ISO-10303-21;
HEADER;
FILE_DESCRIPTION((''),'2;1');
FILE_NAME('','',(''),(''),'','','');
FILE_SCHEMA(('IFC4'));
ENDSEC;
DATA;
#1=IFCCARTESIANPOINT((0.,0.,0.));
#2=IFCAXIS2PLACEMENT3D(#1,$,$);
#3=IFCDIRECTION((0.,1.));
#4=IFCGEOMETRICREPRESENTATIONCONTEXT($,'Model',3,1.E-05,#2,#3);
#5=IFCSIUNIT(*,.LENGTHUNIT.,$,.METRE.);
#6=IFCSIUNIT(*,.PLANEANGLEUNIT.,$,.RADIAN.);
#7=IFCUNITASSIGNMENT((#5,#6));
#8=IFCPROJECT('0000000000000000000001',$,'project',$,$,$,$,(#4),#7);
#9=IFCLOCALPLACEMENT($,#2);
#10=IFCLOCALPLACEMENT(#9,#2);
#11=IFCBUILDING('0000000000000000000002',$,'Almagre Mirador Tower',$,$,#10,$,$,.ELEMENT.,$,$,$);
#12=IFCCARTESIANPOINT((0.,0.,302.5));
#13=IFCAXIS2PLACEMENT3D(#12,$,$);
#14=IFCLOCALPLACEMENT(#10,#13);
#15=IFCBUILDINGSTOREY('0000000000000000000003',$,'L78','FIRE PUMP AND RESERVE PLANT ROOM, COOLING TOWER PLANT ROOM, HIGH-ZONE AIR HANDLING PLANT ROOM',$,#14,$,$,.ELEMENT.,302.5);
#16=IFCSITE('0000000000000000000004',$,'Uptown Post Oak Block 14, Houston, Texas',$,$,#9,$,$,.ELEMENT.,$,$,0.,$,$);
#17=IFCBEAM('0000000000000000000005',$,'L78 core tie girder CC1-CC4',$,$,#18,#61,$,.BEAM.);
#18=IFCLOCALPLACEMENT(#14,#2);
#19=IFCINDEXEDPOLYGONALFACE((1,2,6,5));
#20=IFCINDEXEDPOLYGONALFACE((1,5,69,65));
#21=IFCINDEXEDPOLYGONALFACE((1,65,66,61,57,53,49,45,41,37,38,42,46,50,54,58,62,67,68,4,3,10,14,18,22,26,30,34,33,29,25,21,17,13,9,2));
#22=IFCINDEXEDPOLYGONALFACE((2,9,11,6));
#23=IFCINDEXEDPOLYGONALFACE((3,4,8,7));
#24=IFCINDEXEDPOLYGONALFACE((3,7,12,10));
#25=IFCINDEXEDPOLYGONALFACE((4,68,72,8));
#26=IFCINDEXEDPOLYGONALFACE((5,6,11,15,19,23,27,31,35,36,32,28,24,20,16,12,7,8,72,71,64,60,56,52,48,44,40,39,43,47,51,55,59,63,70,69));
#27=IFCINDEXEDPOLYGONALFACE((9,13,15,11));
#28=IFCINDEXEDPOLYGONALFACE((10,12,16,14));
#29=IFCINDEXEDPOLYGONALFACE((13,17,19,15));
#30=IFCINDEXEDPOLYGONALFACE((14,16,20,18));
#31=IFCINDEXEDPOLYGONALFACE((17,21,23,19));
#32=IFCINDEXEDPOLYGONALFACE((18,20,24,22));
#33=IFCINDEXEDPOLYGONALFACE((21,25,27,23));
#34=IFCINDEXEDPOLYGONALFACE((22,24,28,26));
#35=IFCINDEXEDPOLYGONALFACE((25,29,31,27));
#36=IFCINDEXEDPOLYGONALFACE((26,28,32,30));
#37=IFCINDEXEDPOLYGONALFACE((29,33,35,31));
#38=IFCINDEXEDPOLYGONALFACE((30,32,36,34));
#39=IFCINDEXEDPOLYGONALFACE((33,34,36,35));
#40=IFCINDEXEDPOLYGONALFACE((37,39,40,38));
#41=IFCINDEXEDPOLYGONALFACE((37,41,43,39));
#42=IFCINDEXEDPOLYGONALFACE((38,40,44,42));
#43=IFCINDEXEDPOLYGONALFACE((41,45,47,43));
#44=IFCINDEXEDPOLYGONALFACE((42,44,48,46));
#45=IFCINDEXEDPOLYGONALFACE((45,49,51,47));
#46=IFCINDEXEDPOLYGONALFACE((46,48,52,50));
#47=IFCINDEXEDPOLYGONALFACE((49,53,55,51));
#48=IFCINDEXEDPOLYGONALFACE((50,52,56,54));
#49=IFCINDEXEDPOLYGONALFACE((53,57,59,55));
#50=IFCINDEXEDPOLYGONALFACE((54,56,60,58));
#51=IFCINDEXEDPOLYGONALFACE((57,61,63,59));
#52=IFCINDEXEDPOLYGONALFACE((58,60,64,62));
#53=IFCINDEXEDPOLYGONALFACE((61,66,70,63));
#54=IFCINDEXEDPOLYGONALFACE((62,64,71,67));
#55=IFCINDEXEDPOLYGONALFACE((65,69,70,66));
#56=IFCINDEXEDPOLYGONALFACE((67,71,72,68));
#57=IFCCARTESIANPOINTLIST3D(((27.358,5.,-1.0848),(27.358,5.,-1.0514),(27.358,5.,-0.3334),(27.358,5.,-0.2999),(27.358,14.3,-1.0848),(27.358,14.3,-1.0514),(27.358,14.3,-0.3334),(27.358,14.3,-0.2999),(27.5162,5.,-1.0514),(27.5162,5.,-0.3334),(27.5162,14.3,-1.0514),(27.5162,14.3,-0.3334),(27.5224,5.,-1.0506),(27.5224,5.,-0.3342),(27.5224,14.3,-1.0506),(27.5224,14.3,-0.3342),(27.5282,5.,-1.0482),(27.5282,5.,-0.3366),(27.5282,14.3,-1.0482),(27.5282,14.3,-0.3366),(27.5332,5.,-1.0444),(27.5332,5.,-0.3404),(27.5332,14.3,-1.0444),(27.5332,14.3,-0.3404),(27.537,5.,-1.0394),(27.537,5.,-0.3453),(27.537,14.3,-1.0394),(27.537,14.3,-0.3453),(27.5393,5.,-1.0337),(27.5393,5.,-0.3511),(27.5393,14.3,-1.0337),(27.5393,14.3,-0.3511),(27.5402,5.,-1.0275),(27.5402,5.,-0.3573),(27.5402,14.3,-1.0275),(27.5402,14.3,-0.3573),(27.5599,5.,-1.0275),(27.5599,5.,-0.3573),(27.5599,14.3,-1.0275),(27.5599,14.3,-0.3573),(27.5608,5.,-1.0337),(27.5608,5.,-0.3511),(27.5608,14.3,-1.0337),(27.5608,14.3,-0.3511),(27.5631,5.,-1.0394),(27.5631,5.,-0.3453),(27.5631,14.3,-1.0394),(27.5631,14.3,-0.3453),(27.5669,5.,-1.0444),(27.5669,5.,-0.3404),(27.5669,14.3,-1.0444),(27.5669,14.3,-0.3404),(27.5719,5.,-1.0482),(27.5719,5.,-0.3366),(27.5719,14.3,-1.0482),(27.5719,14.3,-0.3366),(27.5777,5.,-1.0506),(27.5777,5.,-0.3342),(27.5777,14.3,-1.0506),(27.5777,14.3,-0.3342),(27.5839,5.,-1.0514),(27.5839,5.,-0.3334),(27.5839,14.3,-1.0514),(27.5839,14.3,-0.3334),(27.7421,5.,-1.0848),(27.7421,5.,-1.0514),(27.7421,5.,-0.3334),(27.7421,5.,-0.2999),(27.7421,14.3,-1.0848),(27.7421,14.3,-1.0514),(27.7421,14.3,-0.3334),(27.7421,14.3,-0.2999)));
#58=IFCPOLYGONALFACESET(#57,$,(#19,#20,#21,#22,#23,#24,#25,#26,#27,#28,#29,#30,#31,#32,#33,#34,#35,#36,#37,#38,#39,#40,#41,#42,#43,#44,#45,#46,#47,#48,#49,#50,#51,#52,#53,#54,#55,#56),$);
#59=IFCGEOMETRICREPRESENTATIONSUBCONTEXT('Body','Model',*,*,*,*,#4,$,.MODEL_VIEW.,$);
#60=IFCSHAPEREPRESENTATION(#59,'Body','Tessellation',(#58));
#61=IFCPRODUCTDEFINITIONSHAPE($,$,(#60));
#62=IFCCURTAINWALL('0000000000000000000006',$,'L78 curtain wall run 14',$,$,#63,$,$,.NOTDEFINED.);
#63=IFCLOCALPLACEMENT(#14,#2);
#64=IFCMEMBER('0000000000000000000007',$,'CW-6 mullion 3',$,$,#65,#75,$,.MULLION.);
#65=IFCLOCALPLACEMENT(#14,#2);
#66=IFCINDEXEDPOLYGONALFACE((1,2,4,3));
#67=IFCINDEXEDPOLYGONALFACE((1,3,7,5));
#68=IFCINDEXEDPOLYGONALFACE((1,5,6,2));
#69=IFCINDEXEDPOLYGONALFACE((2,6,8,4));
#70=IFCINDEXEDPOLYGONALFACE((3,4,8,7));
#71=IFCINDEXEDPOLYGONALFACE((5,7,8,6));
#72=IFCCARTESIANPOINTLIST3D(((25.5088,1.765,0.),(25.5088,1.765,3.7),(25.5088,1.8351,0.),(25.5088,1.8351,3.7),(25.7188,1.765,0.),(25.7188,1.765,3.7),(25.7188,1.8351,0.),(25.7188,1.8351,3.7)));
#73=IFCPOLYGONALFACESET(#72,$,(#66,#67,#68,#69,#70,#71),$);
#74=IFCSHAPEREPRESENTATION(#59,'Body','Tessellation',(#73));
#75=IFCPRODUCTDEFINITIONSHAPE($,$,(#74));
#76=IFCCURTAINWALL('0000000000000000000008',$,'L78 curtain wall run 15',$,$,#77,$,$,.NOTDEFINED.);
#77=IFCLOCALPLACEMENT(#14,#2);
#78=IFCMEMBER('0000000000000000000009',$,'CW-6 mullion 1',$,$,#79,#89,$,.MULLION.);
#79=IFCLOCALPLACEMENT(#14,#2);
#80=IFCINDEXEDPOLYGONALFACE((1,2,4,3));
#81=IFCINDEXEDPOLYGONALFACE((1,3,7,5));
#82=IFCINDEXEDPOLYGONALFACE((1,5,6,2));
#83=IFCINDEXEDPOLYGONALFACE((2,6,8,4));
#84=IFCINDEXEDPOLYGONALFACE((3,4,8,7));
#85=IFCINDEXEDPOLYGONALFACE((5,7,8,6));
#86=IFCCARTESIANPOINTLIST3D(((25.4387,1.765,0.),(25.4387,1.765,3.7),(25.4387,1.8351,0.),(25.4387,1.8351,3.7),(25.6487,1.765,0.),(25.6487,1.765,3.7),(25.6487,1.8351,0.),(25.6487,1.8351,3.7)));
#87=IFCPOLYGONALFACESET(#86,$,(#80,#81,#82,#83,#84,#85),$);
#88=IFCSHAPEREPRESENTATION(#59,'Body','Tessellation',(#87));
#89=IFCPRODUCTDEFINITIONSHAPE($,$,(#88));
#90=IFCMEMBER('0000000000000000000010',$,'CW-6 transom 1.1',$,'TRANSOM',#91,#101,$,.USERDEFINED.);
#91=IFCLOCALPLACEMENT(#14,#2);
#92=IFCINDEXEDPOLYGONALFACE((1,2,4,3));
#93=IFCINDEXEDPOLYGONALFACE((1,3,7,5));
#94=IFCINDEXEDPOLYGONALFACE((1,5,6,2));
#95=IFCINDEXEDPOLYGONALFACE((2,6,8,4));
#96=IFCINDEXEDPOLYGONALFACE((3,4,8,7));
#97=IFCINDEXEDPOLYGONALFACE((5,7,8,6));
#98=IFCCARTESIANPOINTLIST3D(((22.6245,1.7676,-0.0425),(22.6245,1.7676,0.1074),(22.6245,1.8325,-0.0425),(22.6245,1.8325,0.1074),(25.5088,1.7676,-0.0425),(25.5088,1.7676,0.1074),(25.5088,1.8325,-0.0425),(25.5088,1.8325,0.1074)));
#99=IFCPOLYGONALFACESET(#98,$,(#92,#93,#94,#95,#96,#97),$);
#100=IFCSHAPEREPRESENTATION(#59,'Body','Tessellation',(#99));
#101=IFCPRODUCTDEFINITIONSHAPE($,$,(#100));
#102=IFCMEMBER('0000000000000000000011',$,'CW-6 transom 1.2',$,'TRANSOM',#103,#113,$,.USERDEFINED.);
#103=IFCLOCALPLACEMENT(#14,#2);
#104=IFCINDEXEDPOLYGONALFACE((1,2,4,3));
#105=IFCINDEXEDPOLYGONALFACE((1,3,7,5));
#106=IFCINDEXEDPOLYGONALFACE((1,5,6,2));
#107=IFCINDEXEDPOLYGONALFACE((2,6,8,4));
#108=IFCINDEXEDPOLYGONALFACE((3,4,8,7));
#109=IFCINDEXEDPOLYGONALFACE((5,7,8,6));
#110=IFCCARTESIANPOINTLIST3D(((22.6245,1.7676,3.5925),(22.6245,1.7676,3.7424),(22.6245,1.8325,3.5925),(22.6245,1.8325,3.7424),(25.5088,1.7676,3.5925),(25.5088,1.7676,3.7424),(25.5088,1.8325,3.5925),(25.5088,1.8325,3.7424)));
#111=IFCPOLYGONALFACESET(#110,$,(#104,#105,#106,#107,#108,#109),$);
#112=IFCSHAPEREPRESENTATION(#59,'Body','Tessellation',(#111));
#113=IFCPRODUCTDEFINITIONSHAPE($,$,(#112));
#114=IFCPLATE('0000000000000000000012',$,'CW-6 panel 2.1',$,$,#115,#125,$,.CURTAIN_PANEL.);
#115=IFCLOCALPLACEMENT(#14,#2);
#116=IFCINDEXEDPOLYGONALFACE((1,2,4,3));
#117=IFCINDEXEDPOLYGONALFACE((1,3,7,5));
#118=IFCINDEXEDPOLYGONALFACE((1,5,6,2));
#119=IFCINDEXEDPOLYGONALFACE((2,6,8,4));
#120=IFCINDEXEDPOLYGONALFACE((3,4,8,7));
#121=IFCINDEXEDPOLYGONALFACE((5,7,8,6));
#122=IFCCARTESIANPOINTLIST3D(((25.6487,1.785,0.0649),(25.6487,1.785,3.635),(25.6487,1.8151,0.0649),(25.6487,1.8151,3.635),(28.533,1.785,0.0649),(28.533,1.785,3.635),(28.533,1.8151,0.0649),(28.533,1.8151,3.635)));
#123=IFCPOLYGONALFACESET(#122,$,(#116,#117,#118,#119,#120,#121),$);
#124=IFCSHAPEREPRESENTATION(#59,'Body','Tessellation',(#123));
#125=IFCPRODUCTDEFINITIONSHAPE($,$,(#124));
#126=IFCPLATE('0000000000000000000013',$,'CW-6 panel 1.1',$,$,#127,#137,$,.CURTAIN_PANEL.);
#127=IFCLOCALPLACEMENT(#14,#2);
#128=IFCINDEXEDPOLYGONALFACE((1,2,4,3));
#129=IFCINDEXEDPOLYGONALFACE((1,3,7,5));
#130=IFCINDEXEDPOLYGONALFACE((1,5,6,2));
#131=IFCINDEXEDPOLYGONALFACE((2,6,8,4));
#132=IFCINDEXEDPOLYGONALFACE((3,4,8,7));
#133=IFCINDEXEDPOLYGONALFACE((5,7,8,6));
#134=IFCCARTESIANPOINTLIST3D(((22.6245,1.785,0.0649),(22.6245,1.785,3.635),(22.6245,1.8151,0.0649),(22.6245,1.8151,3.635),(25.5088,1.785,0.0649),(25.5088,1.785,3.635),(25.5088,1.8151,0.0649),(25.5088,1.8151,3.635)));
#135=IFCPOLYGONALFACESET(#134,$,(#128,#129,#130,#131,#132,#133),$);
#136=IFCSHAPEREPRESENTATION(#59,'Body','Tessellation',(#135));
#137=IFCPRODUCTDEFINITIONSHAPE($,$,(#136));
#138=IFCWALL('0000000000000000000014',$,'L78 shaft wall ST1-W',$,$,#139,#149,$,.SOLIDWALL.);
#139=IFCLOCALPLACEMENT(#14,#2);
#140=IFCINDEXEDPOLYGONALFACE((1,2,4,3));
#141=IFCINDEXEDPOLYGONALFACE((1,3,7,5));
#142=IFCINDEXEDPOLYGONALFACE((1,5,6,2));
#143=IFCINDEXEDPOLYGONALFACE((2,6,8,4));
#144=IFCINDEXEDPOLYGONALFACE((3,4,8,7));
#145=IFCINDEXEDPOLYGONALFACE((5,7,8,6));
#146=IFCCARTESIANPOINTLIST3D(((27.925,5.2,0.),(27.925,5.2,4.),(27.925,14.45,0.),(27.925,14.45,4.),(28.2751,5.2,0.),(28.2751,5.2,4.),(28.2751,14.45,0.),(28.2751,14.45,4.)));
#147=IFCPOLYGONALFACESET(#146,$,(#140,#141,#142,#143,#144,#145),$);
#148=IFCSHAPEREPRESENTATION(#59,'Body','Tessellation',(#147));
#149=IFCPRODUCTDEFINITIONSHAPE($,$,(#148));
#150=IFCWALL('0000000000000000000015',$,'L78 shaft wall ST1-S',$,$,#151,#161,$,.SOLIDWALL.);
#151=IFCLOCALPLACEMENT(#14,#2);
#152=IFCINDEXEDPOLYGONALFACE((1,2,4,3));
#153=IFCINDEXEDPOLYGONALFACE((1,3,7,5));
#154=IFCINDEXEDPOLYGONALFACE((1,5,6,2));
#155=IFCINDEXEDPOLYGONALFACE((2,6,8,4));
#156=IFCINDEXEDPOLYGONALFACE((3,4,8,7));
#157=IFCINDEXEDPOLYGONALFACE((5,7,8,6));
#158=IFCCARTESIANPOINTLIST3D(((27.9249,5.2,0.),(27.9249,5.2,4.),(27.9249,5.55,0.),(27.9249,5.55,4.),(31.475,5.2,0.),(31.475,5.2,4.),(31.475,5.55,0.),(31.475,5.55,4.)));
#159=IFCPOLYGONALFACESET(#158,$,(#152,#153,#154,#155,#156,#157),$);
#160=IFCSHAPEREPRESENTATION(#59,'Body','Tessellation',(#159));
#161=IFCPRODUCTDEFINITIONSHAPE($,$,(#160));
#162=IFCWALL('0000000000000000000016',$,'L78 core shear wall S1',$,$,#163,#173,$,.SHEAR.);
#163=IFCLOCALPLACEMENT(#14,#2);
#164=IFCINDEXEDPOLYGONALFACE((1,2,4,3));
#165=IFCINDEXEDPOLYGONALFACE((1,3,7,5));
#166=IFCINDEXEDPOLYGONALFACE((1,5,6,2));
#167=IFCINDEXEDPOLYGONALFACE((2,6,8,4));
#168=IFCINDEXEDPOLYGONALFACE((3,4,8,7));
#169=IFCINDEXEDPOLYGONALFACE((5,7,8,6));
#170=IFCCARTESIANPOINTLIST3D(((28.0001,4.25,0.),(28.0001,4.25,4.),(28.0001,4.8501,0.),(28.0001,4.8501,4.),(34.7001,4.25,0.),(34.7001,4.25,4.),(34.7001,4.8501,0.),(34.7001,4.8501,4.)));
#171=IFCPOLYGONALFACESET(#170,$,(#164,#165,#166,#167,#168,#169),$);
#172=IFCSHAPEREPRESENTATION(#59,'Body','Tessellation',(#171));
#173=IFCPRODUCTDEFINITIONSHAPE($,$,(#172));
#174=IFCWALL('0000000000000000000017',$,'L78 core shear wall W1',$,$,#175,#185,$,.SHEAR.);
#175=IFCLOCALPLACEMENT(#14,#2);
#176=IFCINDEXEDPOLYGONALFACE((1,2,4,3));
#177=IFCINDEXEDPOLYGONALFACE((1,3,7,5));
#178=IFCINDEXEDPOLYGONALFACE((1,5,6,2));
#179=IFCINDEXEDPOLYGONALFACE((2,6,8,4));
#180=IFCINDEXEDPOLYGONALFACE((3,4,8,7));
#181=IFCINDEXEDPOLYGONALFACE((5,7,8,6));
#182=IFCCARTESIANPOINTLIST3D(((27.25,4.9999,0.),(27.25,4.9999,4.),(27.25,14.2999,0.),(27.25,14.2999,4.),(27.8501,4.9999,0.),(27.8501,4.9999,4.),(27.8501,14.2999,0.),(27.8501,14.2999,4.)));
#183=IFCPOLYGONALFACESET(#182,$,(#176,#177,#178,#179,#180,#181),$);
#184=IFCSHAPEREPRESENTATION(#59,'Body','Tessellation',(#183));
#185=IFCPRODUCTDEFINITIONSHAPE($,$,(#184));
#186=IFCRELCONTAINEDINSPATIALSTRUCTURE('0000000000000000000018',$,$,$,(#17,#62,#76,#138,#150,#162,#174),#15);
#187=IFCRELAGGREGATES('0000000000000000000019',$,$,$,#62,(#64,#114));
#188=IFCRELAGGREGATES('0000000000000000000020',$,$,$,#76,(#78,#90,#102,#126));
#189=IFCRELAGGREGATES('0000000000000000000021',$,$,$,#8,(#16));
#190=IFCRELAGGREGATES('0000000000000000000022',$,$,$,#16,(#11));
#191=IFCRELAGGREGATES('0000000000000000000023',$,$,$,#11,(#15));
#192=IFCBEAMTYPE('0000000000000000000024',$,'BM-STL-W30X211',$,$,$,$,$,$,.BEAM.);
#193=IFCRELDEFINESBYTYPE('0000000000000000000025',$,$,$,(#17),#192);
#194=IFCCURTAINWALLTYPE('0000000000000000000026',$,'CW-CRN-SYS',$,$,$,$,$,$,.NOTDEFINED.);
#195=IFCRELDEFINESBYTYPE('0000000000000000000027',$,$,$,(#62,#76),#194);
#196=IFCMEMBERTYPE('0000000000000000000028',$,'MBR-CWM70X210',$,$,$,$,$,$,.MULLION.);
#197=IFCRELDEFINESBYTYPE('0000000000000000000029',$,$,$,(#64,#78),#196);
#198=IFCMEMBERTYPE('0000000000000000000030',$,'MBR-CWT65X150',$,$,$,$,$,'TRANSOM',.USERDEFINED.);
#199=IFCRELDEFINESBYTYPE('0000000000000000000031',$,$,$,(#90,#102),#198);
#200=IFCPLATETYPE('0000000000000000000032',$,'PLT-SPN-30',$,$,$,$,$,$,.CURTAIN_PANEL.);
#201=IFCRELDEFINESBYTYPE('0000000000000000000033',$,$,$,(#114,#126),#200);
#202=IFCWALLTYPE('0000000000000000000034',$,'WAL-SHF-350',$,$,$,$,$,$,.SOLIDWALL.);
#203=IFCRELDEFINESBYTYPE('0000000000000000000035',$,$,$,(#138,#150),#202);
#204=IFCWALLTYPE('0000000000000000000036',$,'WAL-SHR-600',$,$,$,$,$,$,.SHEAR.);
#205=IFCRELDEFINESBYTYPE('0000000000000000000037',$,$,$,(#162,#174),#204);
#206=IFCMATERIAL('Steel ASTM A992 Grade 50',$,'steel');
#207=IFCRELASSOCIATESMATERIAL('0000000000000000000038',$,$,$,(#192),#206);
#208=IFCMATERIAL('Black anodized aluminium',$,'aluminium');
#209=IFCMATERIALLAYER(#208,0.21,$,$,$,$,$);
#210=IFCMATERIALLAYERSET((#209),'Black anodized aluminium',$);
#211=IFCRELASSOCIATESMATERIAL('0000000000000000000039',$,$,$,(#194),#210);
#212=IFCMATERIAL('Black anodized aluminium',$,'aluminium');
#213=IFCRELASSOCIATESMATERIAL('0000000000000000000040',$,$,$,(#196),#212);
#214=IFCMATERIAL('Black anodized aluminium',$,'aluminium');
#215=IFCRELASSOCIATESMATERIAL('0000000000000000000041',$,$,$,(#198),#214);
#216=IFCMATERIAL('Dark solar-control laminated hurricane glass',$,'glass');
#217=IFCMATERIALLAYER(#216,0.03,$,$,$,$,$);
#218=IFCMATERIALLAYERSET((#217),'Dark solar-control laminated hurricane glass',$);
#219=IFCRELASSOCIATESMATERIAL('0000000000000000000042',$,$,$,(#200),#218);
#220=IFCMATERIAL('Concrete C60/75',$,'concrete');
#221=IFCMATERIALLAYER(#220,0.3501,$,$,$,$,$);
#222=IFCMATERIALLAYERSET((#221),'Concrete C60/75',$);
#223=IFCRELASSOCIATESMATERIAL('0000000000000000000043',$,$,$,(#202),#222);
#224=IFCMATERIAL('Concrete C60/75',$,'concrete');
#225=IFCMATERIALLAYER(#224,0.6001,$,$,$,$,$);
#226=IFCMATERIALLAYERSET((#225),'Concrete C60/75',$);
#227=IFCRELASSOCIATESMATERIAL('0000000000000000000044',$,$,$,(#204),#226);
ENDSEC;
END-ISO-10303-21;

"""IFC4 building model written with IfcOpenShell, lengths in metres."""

from ifc_helpers import new_model, si_unit, direction, frame, frame_2d, origin, origin_2d, place, context, subcontext, project, spatial, rectangle, i_section, extrude, material, layer, layer_set, material_profile, profile_set, type_object, element, aggregate, save


model = new_model("IFC4")

# Units and contexts
model_context = context("Model", 3, precision=1e-05, world=origin(), true_north=direction((0.0, 1.0)))
body_context = subcontext(model_context, "Body", "Model", "MODEL_VIEW")
ifc_project = project(units=[si_unit("LENGTHUNIT", "METRE"), si_unit("PLANEANGLEUNIT", "RADIAN")], contexts=[model_context])

# Site, building, storey
site_placement = place(None, origin())
site = spatial("IfcSite", under=ifc_project, at=site_placement, Name="Uptown Post Oak Block 14, Houston, Texas", CompositionType="ELEMENT", RefElevation=0.0)
building_placement = place(site_placement, origin())
building = spatial("IfcBuilding", under=site, at=building_placement, Name="Almagre Mirador Tower", CompositionType="ELEMENT")
storey_placement = place(building_placement, frame((0.0, 0.0, 302.5)))
storey = spatial("IfcBuildingStorey", under=building, at=storey_placement, Name="L78", Description="FIRE PUMP AND RESERVE PLANT ROOM, COOLING TOWER PLANT ROOM, HIGH-ZONE AIR HANDLING PLANT ROOM", CompositionType="ELEMENT", Elevation=302.5)

# Beam
ifc_material_1 = material(Name="Steel ASTM A992 Grade 50", Category="steel")
ifc_material_profile_1 = material_profile(ifc_material_1, i_section(OverallWidth=0.384, OverallDepth=0.7849, WebThickness=0.0198, FlangeThickness=0.0334, FilletRadius=0.0239, at=origin_2d()), Name="W30X211")
ifc_profile_set_1 = profile_set([ifc_material_profile_1], Name="Steel ASTM A992 Grade 50")
beam_type_1 = type_object("IfcBeamType", Name="BM-STL-W30X211", PredefinedType="BEAM", material=ifc_profile_set_1)
beam_1_placement = place(storey_placement, frame((27.55, 5.0, -0.6924), z_axis=(0.0, 1.0, 0.0), x_axis=(-1.0, 0.0, 0.0)))
element("IfcBeam", 1, at=beam_1_placement, inside=storey, type_object=beam_type_1, Name="L78 core tie girder CC1-CC4", PredefinedType="BEAM", context=body_context, shape_type="SweptSolid", body=[
    extrude(i_section(OverallWidth=0.384, OverallDepth=0.7849, WebThickness=0.0198, FlangeThickness=0.0334, FilletRadius=0.0239, at=origin_2d()), origin(), (0.0, 0.0, 1.0), 9.3),
])

# Curtain wall, member
ifc_material_2 = material(Name="Black anodized aluminium", Category="aluminium")
ifc_layer_1 = layer(ifc_material_2, 0.21)
ifc_layer_set_1 = layer_set([ifc_layer_1], Name="Black anodized aluminium")
curtain_wall_type = type_object("IfcCurtainWallType", Name="CW-CRN-SYS", PredefinedType="NOTDEFINED", material=ifc_layer_set_1)
curtain_wall_1_placement = place(storey_placement, origin())
curtain_wall_1 = element("IfcCurtainWall", 2, at=curtain_wall_1_placement, inside=storey, type_object=curtain_wall_type, Name="L78 curtain wall run 14", PredefinedType="NOTDEFINED")
ifc_material_3 = material(Name="Black anodized aluminium", Category="aluminium")
ifc_material_profile_2 = material_profile(ifc_material_3, rectangle(XDim=0.0701, YDim=0.21, at=origin_2d()), Name="CWM70X210")
ifc_profile_set_2 = profile_set([ifc_material_profile_2], Name="Black anodized aluminium")
member_type_1 = type_object("IfcMemberType", Name="MBR-CWM70X210", PredefinedType="MULLION", material=ifc_profile_set_2)
member_1_placement = place(storey_placement, frame((25.6138, 1.8, 0.0), z_axis=(0.0, 0.0, 1.0), x_axis=(0.0, -1.0, 0.0)))
member_1 = element("IfcMember", 3, at=member_1_placement, type_object=member_type_1, Name="CW-6 mullion 3", PredefinedType="MULLION", context=body_context, shape_type="SweptSolid", body=[
    extrude(rectangle(XDim=0.0701, YDim=0.21, at=origin_2d()), origin(), (0.0, 0.0, 1.0), 3.7),
])

# Curtain wall, members
curtain_wall_2_placement = place(storey_placement, origin())
curtain_wall_2 = element("IfcCurtainWall", 4, at=curtain_wall_2_placement, inside=storey, type_object=curtain_wall_type, Name="L78 curtain wall run 15", PredefinedType="NOTDEFINED")
member_2_placement = place(storey_placement, frame((25.5437, 1.8, 0.0), z_axis=(0.0, 0.0, 1.0), x_axis=(0.0, -1.0, 0.0)))
member_2 = element("IfcMember", 5, at=member_2_placement, type_object=member_type_1, Name="CW-6 mullion 1", PredefinedType="MULLION", context=body_context, shape_type="SweptSolid", body=[
    extrude(rectangle(XDim=0.0701, YDim=0.21, at=origin_2d()), origin(), (0.0, 0.0, 1.0), 3.7),
])
ifc_material_4 = material(Name="Black anodized aluminium", Category="aluminium")
ifc_material_profile_3 = material_profile(ifc_material_4, rectangle(XDim=0.0649, YDim=0.1499, at=origin_2d()), Name="CWT65X150")
ifc_profile_set_3 = profile_set([ifc_material_profile_3], Name="Black anodized aluminium")
member_type_2 = type_object("IfcMemberType", Name="MBR-CWT65X150", ElementType="TRANSOM", PredefinedType="USERDEFINED", material=ifc_profile_set_3)
member_3_placement = place(storey_placement, frame((25.5088, 1.8, 0.0325), z_axis=(-1.0, 0.0, 0.0), x_axis=(0.0, -1.0, 0.0)))
member_3 = element("IfcMember", 6, at=member_3_placement, type_object=member_type_2, Name="CW-6 transom 1.1", ObjectType="TRANSOM", PredefinedType="USERDEFINED", context=body_context, shape_type="SweptSolid", body=[
    extrude(rectangle(XDim=0.0649, YDim=0.1499, at=origin_2d()), origin(), (0.0, 0.0, 1.0), 2.8843),
])
member_4_placement = place(storey_placement, frame((25.5088, 1.8, 3.6675), z_axis=(-1.0, 0.0, 0.0), x_axis=(0.0, -1.0, 0.0)))
member_4 = element("IfcMember", 7, at=member_4_placement, type_object=member_type_2, Name="CW-6 transom 1.2", ObjectType="TRANSOM", PredefinedType="USERDEFINED", context=body_context, shape_type="SweptSolid", body=[
    extrude(rectangle(XDim=0.0649, YDim=0.1499, at=origin_2d()), origin(), (0.0, 0.0, 1.0), 2.8843),
])

# Plates
ifc_material_5 = material(Name="Dark solar-control laminated hurricane glass", Category="glass")
ifc_layer_2 = layer(ifc_material_5, 0.03)
ifc_layer_set_2 = layer_set([ifc_layer_2], Name="Dark solar-control laminated hurricane glass")
plate_type = type_object("IfcPlateType", Name="PLT-SPN-30", PredefinedType="CURTAIN_PANEL", material=ifc_layer_set_2)
plate_1_placement = place(storey_placement, frame((27.0908, 1.8, 0.0649), z_axis=(0.0, 0.0, 1.0), x_axis=(-1.0, 0.0, 0.0)))
plate_1 = element("IfcPlate", 8, at=plate_1_placement, type_object=plate_type, Name="CW-6 panel 2.1", PredefinedType="CURTAIN_PANEL", context=body_context, shape_type="SweptSolid", body=[
    extrude(rectangle(XDim=2.8843, YDim=0.03, at=origin_2d()), origin(), (0.0, 0.0, 1.0), 3.5701),
])
aggregate(curtain_wall_1, [member_1, plate_1])
plate_2_placement = place(storey_placement, frame((24.0667, 1.8, 0.0649), z_axis=(0.0, 0.0, 1.0), x_axis=(-1.0, 0.0, 0.0)))
plate_2 = element("IfcPlate", 9, at=plate_2_placement, type_object=plate_type, Name="CW-6 panel 1.1", PredefinedType="CURTAIN_PANEL", context=body_context, shape_type="SweptSolid", body=[
    extrude(rectangle(XDim=2.8843, YDim=0.03, at=origin_2d()), origin(), (0.0, 0.0, 1.0), 3.5701),
])
aggregate(curtain_wall_2, [member_2, member_3, member_4, plate_2])

# Walls
ifc_material_6 = material(Name="Concrete C60/75", Category="concrete")
ifc_layer_3 = layer(ifc_material_6, 0.3501)
ifc_layer_set_3 = layer_set([ifc_layer_3], Name="Concrete C60/75")
wall_type_1 = type_object("IfcWallType", Name="WAL-SHF-350", PredefinedType="SOLIDWALL", material=ifc_layer_set_3)
wall_1_placement = place(storey_placement, frame((28.1001, 5.2, 0.0), z_axis=(0.0, 0.0, 1.0), x_axis=(0.0, 1.0, 0.0)))
element("IfcWall", 10, at=wall_1_placement, inside=storey, type_object=wall_type_1, Name="L78 shaft wall ST1-W", PredefinedType="SOLIDWALL", context=body_context, shape_type="SweptSolid", body=[
    extrude(rectangle(XDim=9.25, YDim=0.3501, at=frame_2d((4.625, 0.0))), origin(), (0.0, 0.0, 1.0), 4.0),
])
wall_2_placement = place(storey_placement, frame((27.925, 5.375, 0.0), z_axis=(0.0, 0.0, 1.0), x_axis=(1.0, 0.0, 0.0)))
element("IfcWall", 11, at=wall_2_placement, inside=storey, type_object=wall_type_1, Name="L78 shaft wall ST1-S", PredefinedType="SOLIDWALL", context=body_context, shape_type="SweptSolid", body=[
    extrude(rectangle(XDim=3.55, YDim=0.3501, at=frame_2d((1.7749, 0.0))), origin(), (0.0, 0.0, 1.0), 4.0),
])
ifc_material_7 = material(Name="Concrete C60/75", Category="concrete")
ifc_layer_4 = layer(ifc_material_7, 0.6001)
ifc_layer_set_4 = layer_set([ifc_layer_4], Name="Concrete C60/75")
wall_type_2 = type_object("IfcWallType", Name="WAL-SHR-600", PredefinedType="SHEAR", material=ifc_layer_set_4)
wall_3_placement = place(storey_placement, frame((28.0, 4.55, 0.0), z_axis=(0.0, 0.0, 1.0), x_axis=(1.0, 0.0, 0.0)))
element("IfcWall", 12, at=wall_3_placement, inside=storey, type_object=wall_type_2, Name="L78 core shear wall S1", PredefinedType="SHEAR", context=body_context, shape_type="SweptSolid", body=[
    extrude(rectangle(XDim=6.7, YDim=0.6001, at=frame_2d((3.3501, 0.0))), origin(), (0.0, 0.0, 1.0), 4.0),
])
wall_4_placement = place(storey_placement, frame((27.55, 5.0, 0.0), z_axis=(0.0, 0.0, 1.0), x_axis=(0.0, 1.0, 0.0)))
element("IfcWall", 13, at=wall_4_placement, inside=storey, type_object=wall_type_2, Name="L78 core shear wall W1", PredefinedType="SHEAR", context=body_context, shape_type="SweptSolid", body=[
    extrude(rectangle(XDim=9.3, YDim=0.6001, at=frame_2d((4.6499, 0.0))), origin(), (0.0, 0.0, 1.0), 4.0),
])

save(model, "model.ifc")
